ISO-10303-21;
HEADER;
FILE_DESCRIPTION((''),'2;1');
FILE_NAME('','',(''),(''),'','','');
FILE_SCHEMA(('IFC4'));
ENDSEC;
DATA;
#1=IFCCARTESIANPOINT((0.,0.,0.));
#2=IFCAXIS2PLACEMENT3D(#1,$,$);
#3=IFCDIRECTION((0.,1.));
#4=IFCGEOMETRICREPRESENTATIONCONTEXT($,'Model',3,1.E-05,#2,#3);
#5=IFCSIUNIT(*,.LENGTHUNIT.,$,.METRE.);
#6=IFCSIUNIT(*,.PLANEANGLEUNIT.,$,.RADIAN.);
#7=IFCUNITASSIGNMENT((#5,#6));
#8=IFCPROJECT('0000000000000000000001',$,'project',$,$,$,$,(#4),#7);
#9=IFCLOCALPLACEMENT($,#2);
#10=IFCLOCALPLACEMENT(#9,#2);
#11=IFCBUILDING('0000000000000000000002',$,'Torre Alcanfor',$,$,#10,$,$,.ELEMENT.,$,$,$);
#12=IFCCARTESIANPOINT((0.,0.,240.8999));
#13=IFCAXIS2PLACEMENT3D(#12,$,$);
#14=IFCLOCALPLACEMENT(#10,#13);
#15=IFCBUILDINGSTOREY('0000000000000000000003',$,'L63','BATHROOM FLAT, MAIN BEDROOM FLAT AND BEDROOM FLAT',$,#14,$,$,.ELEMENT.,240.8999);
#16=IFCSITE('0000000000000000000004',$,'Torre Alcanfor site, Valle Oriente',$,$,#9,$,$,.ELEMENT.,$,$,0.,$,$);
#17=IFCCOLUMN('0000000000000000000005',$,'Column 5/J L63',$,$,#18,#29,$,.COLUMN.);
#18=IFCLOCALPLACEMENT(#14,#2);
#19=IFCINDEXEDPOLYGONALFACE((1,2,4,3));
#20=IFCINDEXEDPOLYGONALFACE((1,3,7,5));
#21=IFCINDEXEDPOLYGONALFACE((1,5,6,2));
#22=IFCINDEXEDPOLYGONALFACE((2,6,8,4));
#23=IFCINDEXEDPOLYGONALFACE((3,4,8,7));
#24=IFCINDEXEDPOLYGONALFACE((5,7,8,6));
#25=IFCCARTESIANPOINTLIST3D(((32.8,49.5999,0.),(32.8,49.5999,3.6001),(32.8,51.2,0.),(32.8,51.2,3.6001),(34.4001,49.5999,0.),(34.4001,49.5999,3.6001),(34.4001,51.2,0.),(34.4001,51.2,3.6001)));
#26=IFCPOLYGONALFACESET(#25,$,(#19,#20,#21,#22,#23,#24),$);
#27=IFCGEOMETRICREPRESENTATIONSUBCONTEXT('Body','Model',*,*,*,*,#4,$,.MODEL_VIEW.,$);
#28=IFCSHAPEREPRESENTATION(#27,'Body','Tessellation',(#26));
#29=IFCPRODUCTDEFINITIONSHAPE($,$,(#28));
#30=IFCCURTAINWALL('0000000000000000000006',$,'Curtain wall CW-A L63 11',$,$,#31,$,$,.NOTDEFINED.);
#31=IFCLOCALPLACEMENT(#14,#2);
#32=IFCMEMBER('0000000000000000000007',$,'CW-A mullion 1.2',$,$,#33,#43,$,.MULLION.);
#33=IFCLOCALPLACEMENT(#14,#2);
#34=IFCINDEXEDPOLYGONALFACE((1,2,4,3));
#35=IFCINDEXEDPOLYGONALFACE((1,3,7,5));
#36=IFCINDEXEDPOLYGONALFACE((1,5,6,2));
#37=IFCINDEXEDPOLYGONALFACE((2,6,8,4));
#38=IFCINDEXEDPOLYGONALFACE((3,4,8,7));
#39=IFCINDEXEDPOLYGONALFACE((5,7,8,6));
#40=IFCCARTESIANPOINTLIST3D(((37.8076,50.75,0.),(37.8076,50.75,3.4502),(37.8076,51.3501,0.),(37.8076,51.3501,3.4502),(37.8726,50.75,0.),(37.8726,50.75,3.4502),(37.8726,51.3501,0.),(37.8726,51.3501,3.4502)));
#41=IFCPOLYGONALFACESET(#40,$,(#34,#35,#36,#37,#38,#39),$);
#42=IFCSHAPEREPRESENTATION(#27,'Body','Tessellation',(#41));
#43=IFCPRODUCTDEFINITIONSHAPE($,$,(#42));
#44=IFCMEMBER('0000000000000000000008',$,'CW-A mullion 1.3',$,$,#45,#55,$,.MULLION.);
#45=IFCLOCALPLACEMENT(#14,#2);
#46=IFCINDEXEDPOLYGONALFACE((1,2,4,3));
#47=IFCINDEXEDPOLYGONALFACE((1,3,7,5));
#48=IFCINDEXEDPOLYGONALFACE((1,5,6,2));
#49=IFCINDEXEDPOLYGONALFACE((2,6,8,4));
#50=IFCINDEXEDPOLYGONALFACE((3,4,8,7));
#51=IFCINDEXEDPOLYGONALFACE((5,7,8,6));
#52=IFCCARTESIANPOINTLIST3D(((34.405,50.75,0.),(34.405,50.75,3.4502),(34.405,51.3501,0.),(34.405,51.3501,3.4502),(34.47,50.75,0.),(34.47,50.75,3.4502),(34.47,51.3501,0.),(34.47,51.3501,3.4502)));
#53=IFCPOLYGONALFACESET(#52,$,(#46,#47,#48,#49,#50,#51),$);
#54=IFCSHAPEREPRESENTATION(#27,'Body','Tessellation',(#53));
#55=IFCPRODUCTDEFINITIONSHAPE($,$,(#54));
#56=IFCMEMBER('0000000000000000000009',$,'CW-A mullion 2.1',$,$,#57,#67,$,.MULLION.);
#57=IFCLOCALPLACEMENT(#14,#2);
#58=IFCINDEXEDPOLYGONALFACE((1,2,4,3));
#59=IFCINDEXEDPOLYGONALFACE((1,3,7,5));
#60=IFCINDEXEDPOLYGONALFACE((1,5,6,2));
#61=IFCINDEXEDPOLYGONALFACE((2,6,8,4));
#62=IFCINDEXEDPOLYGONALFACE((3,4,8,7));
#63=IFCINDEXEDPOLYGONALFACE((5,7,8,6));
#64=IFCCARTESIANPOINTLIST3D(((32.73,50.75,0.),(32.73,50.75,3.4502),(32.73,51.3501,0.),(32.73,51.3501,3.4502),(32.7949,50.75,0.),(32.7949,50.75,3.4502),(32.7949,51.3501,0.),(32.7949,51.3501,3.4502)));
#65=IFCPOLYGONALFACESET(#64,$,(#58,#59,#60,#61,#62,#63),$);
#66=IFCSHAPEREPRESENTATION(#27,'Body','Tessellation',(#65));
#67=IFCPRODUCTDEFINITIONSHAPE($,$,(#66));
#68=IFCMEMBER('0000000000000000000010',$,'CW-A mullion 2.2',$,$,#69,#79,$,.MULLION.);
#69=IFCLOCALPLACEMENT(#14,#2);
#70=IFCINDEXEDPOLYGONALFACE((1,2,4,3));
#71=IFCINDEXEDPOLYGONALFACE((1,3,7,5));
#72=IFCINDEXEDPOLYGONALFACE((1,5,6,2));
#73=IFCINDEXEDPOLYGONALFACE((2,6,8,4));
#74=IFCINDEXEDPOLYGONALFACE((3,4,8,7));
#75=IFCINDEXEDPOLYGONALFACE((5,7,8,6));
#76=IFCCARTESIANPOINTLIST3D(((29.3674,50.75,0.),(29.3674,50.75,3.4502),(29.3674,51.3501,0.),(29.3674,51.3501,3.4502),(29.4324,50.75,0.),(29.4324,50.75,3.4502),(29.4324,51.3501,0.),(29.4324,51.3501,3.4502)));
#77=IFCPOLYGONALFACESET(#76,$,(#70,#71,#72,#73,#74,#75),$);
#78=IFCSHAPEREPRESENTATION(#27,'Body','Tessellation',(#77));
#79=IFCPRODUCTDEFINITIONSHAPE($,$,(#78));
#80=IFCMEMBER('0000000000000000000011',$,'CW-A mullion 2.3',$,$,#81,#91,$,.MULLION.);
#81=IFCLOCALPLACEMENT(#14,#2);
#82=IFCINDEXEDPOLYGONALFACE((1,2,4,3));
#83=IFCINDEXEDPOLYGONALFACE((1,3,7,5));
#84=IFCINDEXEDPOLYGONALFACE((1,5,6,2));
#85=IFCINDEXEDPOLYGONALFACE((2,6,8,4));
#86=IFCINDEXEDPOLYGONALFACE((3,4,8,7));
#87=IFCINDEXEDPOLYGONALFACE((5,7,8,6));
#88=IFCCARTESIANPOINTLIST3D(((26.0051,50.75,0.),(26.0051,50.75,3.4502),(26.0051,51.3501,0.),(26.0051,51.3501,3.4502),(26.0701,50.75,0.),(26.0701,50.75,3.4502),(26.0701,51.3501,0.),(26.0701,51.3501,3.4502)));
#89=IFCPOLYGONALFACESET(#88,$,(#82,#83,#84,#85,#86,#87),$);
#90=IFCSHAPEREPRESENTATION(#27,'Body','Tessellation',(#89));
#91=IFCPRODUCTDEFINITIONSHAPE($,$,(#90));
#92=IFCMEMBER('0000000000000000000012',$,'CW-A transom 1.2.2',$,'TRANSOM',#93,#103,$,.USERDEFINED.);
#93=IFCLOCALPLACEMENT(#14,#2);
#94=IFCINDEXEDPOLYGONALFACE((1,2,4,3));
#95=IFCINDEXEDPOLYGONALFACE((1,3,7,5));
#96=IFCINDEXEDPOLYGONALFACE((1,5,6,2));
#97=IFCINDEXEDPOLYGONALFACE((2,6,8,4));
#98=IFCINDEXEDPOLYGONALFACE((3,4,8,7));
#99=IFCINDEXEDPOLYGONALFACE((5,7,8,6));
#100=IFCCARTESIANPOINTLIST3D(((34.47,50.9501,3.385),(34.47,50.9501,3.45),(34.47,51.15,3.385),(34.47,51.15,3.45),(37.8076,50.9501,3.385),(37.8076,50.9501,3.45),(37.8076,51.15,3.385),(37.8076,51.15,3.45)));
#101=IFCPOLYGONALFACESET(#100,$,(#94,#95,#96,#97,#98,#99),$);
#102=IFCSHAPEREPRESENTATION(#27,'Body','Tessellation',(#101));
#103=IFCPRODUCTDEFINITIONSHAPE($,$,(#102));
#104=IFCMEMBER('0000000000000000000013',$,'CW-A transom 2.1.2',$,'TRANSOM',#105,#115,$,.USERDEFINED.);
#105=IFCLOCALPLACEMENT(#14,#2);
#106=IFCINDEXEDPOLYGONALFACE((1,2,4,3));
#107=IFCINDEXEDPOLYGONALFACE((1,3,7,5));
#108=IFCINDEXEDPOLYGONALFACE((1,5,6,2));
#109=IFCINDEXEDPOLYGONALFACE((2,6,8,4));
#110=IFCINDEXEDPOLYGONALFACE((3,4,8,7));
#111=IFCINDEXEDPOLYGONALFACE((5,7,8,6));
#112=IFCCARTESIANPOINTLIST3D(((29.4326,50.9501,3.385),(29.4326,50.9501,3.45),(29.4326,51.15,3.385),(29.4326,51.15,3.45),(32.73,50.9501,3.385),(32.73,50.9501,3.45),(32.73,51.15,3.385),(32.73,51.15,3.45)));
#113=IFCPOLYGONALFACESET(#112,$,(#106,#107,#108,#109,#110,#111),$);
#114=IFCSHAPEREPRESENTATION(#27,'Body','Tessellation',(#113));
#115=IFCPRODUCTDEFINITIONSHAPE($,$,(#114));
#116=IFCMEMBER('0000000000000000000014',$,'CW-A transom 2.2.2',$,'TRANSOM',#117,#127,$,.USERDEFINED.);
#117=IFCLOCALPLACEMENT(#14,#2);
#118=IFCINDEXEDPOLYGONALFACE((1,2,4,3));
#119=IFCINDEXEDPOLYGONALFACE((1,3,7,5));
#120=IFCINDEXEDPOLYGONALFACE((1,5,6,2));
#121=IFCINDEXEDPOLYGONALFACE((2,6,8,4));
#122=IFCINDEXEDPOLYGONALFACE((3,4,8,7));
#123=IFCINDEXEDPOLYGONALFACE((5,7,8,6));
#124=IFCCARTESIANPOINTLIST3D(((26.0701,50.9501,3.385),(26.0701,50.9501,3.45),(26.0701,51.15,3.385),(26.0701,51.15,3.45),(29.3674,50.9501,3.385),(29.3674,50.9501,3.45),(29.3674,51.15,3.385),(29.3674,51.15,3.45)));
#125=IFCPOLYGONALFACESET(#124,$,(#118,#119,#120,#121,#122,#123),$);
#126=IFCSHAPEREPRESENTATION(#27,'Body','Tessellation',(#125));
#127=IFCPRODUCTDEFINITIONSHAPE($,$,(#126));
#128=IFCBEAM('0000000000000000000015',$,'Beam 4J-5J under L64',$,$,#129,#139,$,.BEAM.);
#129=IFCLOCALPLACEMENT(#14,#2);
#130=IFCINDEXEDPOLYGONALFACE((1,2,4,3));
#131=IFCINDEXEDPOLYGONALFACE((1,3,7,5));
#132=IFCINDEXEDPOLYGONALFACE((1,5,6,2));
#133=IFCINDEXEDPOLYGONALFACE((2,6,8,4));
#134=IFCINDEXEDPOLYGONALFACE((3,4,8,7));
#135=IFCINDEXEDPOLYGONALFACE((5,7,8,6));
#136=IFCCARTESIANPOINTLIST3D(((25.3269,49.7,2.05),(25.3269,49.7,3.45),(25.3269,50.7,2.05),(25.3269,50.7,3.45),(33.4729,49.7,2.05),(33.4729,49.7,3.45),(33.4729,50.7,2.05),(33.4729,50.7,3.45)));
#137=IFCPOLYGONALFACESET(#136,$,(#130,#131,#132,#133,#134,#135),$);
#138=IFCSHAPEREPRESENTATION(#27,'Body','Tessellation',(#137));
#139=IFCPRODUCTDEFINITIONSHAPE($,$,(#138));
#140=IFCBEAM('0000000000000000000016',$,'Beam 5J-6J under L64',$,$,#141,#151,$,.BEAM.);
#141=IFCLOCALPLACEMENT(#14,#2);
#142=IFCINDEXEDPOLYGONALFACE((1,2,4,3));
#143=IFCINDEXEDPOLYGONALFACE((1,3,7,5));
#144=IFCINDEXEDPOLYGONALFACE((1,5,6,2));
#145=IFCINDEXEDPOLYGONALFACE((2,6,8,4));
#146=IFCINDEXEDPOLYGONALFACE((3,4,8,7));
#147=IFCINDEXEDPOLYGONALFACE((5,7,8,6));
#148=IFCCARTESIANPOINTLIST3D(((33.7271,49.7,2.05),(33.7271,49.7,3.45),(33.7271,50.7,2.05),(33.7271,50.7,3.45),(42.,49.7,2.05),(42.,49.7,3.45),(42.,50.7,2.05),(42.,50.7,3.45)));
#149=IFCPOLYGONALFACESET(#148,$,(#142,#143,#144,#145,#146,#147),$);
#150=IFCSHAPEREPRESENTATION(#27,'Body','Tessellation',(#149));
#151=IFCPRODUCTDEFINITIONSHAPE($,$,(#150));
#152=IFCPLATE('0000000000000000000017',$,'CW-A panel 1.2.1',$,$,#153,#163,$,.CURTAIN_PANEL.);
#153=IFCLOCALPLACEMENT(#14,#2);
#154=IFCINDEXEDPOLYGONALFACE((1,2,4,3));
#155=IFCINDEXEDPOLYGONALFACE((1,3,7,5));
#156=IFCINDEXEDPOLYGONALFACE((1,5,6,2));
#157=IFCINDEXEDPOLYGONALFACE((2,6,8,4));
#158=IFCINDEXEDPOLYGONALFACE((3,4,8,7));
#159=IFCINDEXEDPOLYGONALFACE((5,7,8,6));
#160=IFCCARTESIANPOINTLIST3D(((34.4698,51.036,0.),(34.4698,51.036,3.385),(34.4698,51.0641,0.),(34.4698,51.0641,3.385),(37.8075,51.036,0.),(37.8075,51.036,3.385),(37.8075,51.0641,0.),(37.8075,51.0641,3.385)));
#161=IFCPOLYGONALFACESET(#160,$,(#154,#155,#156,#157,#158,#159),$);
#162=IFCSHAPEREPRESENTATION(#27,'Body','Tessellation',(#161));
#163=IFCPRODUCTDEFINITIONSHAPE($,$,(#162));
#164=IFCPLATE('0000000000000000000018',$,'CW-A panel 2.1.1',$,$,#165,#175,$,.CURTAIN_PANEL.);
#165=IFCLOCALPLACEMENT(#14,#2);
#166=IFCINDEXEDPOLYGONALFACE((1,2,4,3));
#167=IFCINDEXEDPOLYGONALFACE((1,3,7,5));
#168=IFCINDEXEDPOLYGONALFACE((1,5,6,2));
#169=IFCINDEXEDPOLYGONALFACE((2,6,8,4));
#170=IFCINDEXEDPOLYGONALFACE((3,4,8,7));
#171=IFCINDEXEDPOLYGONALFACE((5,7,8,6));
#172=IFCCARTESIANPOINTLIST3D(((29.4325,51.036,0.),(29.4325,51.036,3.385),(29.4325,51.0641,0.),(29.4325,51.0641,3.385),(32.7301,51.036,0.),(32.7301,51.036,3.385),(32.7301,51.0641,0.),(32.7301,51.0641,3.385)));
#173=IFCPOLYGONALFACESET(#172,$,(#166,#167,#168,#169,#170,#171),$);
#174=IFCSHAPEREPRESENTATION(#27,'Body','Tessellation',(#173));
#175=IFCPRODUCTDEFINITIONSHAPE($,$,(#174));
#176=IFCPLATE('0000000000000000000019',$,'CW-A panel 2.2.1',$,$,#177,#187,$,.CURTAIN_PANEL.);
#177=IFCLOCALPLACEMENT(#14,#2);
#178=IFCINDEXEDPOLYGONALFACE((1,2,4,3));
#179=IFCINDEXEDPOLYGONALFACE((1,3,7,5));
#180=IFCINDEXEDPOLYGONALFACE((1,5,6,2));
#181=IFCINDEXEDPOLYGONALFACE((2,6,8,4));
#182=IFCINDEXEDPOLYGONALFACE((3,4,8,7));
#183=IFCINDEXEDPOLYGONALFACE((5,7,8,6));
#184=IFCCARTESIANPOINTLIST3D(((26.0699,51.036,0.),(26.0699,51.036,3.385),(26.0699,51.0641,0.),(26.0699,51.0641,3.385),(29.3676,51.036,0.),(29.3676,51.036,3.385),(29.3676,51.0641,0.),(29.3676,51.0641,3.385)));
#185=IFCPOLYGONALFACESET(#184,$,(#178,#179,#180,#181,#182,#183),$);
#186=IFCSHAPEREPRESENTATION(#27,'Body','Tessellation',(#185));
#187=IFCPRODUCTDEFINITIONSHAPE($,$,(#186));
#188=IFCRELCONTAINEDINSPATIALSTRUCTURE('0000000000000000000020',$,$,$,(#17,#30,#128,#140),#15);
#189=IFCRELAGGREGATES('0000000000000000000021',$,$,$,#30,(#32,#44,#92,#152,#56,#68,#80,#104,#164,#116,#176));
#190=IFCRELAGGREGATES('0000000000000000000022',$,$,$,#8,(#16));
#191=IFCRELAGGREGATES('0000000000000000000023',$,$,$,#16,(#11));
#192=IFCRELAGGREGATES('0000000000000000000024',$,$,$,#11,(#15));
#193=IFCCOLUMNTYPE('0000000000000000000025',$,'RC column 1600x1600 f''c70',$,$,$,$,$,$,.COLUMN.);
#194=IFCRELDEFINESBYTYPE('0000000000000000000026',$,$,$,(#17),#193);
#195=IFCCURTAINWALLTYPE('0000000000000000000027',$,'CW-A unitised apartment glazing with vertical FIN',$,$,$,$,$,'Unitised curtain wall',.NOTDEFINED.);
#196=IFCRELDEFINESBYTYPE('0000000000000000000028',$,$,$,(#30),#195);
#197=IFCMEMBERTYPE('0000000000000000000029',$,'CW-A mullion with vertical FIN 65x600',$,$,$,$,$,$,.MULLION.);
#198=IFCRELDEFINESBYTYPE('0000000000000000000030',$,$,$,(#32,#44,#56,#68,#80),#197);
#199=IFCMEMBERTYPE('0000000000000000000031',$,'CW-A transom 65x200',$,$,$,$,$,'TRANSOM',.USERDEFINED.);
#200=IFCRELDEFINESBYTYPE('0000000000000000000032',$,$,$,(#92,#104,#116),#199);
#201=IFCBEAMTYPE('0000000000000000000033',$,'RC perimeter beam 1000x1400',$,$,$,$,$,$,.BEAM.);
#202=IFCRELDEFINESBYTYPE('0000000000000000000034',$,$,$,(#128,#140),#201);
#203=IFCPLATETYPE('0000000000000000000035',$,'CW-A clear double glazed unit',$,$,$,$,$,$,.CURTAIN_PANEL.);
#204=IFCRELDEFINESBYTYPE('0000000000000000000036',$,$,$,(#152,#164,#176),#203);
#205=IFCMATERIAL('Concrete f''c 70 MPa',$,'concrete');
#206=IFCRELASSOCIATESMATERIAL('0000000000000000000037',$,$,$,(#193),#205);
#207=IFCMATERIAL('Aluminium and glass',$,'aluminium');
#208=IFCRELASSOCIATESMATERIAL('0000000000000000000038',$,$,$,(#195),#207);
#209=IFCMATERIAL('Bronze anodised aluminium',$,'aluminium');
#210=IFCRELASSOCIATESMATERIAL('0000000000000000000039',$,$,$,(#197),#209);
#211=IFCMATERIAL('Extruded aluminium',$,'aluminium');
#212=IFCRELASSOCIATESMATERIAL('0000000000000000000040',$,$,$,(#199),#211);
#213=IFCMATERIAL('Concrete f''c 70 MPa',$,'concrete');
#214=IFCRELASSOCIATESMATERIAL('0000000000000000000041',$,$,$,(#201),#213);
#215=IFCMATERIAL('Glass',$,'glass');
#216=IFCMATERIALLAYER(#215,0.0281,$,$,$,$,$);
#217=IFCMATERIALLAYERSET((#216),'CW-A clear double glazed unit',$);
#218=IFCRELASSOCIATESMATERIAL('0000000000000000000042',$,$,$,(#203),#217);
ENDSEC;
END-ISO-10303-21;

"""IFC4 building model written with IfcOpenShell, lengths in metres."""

from ifc_helpers import new_model, si_unit, direction, frame, origin, origin_2d, place, context, subcontext, project, spatial, rectangle, extrude, material, layer, layer_set, material_profile, profile_set, type_object, element, aggregate, save


model = new_model("IFC4")

# Units and contexts
model_context = context("Model", 3, precision=1e-05, world=origin(), true_north=direction((0.0, 1.0)))
body_context = subcontext(model_context, "Body", "Model", "MODEL_VIEW")
ifc_project = project(units=[si_unit("LENGTHUNIT", "METRE"), si_unit("PLANEANGLEUNIT", "RADIAN")], contexts=[model_context])

# Site, building, storey
site_placement = place(None, origin())
site = spatial("IfcSite", under=ifc_project, at=site_placement, Name="Torre Alcanfor site, Valle Oriente", CompositionType="ELEMENT", RefElevation=0.0)
building_placement = place(site_placement, origin())
building = spatial("IfcBuilding", under=site, at=building_placement, Name="Torre Alcanfor", CompositionType="ELEMENT")
storey_placement = place(building_placement, frame((0.0, 0.0, 240.8999)))
storey = spatial("IfcBuildingStorey", under=building, at=storey_placement, Name="L63", Description="BATHROOM FLAT, MAIN BEDROOM FLAT AND BEDROOM FLAT", CompositionType="ELEMENT", Elevation=240.8999)

# Column
ifc_material_1 = material(Name="Concrete f'c 70 MPa", Category="concrete")
ifc_material_profile_1 = material_profile(ifc_material_1, rectangle(XDim=1.6001, YDim=1.6001, at=origin_2d()), Name="1600x1600")
ifc_profile_set_1 = profile_set([ifc_material_profile_1], Name="Concrete f'c 70 MPa")
column_type = type_object("IfcColumnType", Name="RC column 1600x1600 f'c70", PredefinedType="COLUMN", material=ifc_profile_set_1)
column_placement = place(storey_placement, frame((33.6001, 50.3999, 0.0), z_axis=(0.0, 0.0, 1.0), x_axis=(1.0, 0.0, 0.0)))
element("IfcColumn", 1, at=column_placement, inside=storey, type_object=column_type, Name="Column 5/J L63", PredefinedType="COLUMN", context=body_context, shape_type="SweptSolid", body=[
    extrude(rectangle(XDim=1.6001, YDim=1.6001, at=origin_2d()), origin(), (0.0, 0.0, 1.0), 3.6001),
])

# Curtain wall, members
ifc_material_2 = material(Name="Aluminium and glass", Category="aluminium")
curtain_wall_type = type_object("IfcCurtainWallType", Name="CW-A unitised apartment glazing with vertical FIN", ElementType="Unitised curtain wall", PredefinedType="NOTDEFINED", material=ifc_material_2)
curtain_wall_placement = place(storey_placement, origin())
curtain_wall = element("IfcCurtainWall", 2, at=curtain_wall_placement, inside=storey, type_object=curtain_wall_type, Name="Curtain wall CW-A L63 11", PredefinedType="NOTDEFINED")
ifc_material_3 = material(Name="Bronze anodised aluminium", Category="aluminium")
ifc_material_profile_2 = material_profile(ifc_material_3, rectangle(XDim=0.6001, YDim=0.0649, at=origin_2d()), Name="CW-A mullion 65x600")
ifc_profile_set_2 = profile_set([ifc_material_profile_2], Name="Bronze anodised aluminium")
member_type_1 = type_object("IfcMemberType", Name="CW-A mullion with vertical FIN 65x600", PredefinedType="MULLION", material=ifc_profile_set_2)
member_1_placement = place(storey_placement, frame((37.8401, 51.05, 0.0), z_axis=(0.0, 0.0, 1.0), x_axis=(0.0, -1.0, 0.0)))
member_1 = element("IfcMember", 3, at=member_1_placement, type_object=member_type_1, Name="CW-A mullion 1.2", PredefinedType="MULLION", context=body_context, shape_type="SweptSolid", body=[
    extrude(rectangle(XDim=0.6001, YDim=0.0649, at=origin_2d()), origin(), (0.0, 0.0, 1.0), 3.4502),
])
member_2_placement = place(storey_placement, frame((34.4375, 51.05, 0.0), z_axis=(0.0, 0.0, 1.0), x_axis=(0.0, -1.0, 0.0)))
member_2 = element("IfcMember", 4, at=member_2_placement, type_object=member_type_1, Name="CW-A mullion 1.3", PredefinedType="MULLION", context=body_context, shape_type="SweptSolid", body=[
    extrude(rectangle(XDim=0.6001, YDim=0.0649, at=origin_2d()), origin(), (0.0, 0.0, 1.0), 3.4502),
])
member_3_placement = place(storey_placement, frame((32.7625, 51.05, 0.0), z_axis=(0.0, 0.0, 1.0), x_axis=(0.0, -1.0, 0.0)))
member_3 = element("IfcMember", 5, at=member_3_placement, type_object=member_type_1, Name="CW-A mullion 2.1", PredefinedType="MULLION", context=body_context, shape_type="SweptSolid", body=[
    extrude(rectangle(XDim=0.6001, YDim=0.0649, at=origin_2d()), origin(), (0.0, 0.0, 1.0), 3.4502),
])
member_4_placement = place(storey_placement, frame((29.3999, 51.05, 0.0), z_axis=(0.0, 0.0, 1.0), x_axis=(0.0, -1.0, 0.0)))
member_4 = element("IfcMember", 6, at=member_4_placement, type_object=member_type_1, Name="CW-A mullion 2.2", PredefinedType="MULLION", context=body_context, shape_type="SweptSolid", body=[
    extrude(rectangle(XDim=0.6001, YDim=0.0649, at=origin_2d()), origin(), (0.0, 0.0, 1.0), 3.4502),
])
member_5_placement = place(storey_placement, frame((26.0376, 51.05, 0.0), z_axis=(0.0, 0.0, 1.0), x_axis=(0.0, -1.0, 0.0)))
member_5 = element("IfcMember", 7, at=member_5_placement, type_object=member_type_1, Name="CW-A mullion 2.3", PredefinedType="MULLION", context=body_context, shape_type="SweptSolid", body=[
    extrude(rectangle(XDim=0.6001, YDim=0.0649, at=origin_2d()), origin(), (0.0, 0.0, 1.0), 3.4502),
])
ifc_material_4 = material(Name="Extruded aluminium", Category="aluminium")
ifc_material_profile_3 = material_profile(ifc_material_4, rectangle(XDim=0.2, YDim=0.0649, at=origin_2d()), Name="CW-A transom 200x65")
ifc_profile_set_3 = profile_set([ifc_material_profile_3], Name="Extruded aluminium")
member_type_2 = type_object("IfcMemberType", Name="CW-A transom 65x200", ElementType="TRANSOM", PredefinedType="USERDEFINED", material=ifc_profile_set_3)
member_6_placement = place(storey_placement, frame((37.8076, 51.05, 3.4175), z_axis=(-1.0, 0.0, 0.0), x_axis=(0.0, -1.0, 0.0)))
member_6 = element("IfcMember", 8, at=member_6_placement, type_object=member_type_2, Name="CW-A transom 1.2.2", ObjectType="TRANSOM", PredefinedType="USERDEFINED", context=body_context, shape_type="SweptSolid", body=[
    extrude(rectangle(XDim=0.2, YDim=0.0649, at=origin_2d()), origin(), (0.0, 0.0, 1.0), 3.3376),
])
member_7_placement = place(storey_placement, frame((32.73, 51.05, 3.4175), z_axis=(-1.0, 0.0, 0.0), x_axis=(0.0, -1.0, 0.0)))
member_7 = element("IfcMember", 9, at=member_7_placement, type_object=member_type_2, Name="CW-A transom 2.1.2", ObjectType="TRANSOM", PredefinedType="USERDEFINED", context=body_context, shape_type="SweptSolid", body=[
    extrude(rectangle(XDim=0.2, YDim=0.0649, at=origin_2d()), origin(), (0.0, 0.0, 1.0), 3.2974),
])
member_8_placement = place(storey_placement, frame((29.3674, 51.05, 3.4175), z_axis=(-1.0, 0.0, 0.0), x_axis=(0.0, -1.0, 0.0)))
member_8 = element("IfcMember", 10, at=member_8_placement, type_object=member_type_2, Name="CW-A transom 2.2.2", ObjectType="TRANSOM", PredefinedType="USERDEFINED", context=body_context, shape_type="SweptSolid", body=[
    extrude(rectangle(XDim=0.2, YDim=0.0649, at=origin_2d()), origin(), (0.0, 0.0, 1.0), 3.2974),
])

# Beams
ifc_material_5 = material(Name="Concrete f'c 70 MPa", Category="concrete")
ifc_material_profile_4 = material_profile(ifc_material_5, rectangle(XDim=1.0, YDim=1.3999, at=origin_2d()), Name="1000x1400")
ifc_profile_set_4 = profile_set([ifc_material_profile_4], Name="Concrete f'c 70 MPa")
beam_type = type_object("IfcBeamType", Name="RC perimeter beam 1000x1400", PredefinedType="BEAM", material=ifc_profile_set_4)
beam_1_placement = place(storey_placement, frame((25.3269, 50.2, 2.75), z_axis=(1.0, 0.0, 0.0), x_axis=(0.0, 1.0, 0.0)))
element("IfcBeam", 11, at=beam_1_placement, inside=storey, type_object=beam_type, Name="Beam 4J-5J under L64", PredefinedType="BEAM", context=body_context, shape_type="SweptSolid", body=[
    extrude(rectangle(XDim=1.0, YDim=1.3999, at=origin_2d()), origin(), (0.0, 0.0, 1.0), 8.146),
])
beam_2_placement = place(storey_placement, frame((33.7271, 50.2, 2.75), z_axis=(1.0, 0.0, 0.0), x_axis=(0.0, 1.0, 0.0)))
element("IfcBeam", 12, at=beam_2_placement, inside=storey, type_object=beam_type, Name="Beam 5J-6J under L64", PredefinedType="BEAM", context=body_context, shape_type="SweptSolid", body=[
    extrude(rectangle(XDim=1.0, YDim=1.3999, at=origin_2d()), origin(), (0.0, 0.0, 1.0), 8.2729),
])

# Plates
ifc_material_6 = material(Name="Glass", Category="glass")
ifc_layer_1 = layer(ifc_material_6, 0.0281)
ifc_layer_set_1 = layer_set([ifc_layer_1], Name="CW-A clear double glazed unit")
plate_type = type_object("IfcPlateType", Name="CW-A clear double glazed unit", PredefinedType="CURTAIN_PANEL", material=ifc_layer_set_1)
plate_1_placement = place(storey_placement, frame((36.1387, 51.05, 0.0), z_axis=(0.0, 0.0, 1.0), x_axis=(-1.0, 0.0, 0.0)))
plate_1 = element("IfcPlate", 13, at=plate_1_placement, type_object=plate_type, Name="CW-A panel 1.2.1", PredefinedType="CURTAIN_PANEL", context=body_context, shape_type="SweptSolid", body=[
    extrude(rectangle(XDim=3.3376, YDim=0.0281, at=origin_2d()), origin(), (0.0, 0.0, 1.0), 3.385),
])
plate_2_placement = place(storey_placement, frame((31.0813, 51.05, 0.0), z_axis=(0.0, 0.0, 1.0), x_axis=(-1.0, 0.0, 0.0)))
plate_2 = element("IfcPlate", 14, at=plate_2_placement, type_object=plate_type, Name="CW-A panel 2.1.1", PredefinedType="CURTAIN_PANEL", context=body_context, shape_type="SweptSolid", body=[
    extrude(rectangle(XDim=3.2976, YDim=0.0281, at=origin_2d()), origin(), (0.0, 0.0, 1.0), 3.385),
])
plate_3_placement = place(storey_placement, frame((27.7188, 51.05, 0.0), z_axis=(0.0, 0.0, 1.0), x_axis=(-1.0, 0.0, 0.0)))
plate_3 = element("IfcPlate", 15, at=plate_3_placement, type_object=plate_type, Name="CW-A panel 2.2.1", PredefinedType="CURTAIN_PANEL", context=body_context, shape_type="SweptSolid", body=[
    extrude(rectangle(XDim=3.2976, YDim=0.0281, at=origin_2d()), origin(), (0.0, 0.0, 1.0), 3.385),
])
aggregate(curtain_wall, [member_1, member_2, member_6, plate_1, member_3, member_4, member_5, member_7, plate_2, member_8, plate_3])

save(model, "model.ifc")
